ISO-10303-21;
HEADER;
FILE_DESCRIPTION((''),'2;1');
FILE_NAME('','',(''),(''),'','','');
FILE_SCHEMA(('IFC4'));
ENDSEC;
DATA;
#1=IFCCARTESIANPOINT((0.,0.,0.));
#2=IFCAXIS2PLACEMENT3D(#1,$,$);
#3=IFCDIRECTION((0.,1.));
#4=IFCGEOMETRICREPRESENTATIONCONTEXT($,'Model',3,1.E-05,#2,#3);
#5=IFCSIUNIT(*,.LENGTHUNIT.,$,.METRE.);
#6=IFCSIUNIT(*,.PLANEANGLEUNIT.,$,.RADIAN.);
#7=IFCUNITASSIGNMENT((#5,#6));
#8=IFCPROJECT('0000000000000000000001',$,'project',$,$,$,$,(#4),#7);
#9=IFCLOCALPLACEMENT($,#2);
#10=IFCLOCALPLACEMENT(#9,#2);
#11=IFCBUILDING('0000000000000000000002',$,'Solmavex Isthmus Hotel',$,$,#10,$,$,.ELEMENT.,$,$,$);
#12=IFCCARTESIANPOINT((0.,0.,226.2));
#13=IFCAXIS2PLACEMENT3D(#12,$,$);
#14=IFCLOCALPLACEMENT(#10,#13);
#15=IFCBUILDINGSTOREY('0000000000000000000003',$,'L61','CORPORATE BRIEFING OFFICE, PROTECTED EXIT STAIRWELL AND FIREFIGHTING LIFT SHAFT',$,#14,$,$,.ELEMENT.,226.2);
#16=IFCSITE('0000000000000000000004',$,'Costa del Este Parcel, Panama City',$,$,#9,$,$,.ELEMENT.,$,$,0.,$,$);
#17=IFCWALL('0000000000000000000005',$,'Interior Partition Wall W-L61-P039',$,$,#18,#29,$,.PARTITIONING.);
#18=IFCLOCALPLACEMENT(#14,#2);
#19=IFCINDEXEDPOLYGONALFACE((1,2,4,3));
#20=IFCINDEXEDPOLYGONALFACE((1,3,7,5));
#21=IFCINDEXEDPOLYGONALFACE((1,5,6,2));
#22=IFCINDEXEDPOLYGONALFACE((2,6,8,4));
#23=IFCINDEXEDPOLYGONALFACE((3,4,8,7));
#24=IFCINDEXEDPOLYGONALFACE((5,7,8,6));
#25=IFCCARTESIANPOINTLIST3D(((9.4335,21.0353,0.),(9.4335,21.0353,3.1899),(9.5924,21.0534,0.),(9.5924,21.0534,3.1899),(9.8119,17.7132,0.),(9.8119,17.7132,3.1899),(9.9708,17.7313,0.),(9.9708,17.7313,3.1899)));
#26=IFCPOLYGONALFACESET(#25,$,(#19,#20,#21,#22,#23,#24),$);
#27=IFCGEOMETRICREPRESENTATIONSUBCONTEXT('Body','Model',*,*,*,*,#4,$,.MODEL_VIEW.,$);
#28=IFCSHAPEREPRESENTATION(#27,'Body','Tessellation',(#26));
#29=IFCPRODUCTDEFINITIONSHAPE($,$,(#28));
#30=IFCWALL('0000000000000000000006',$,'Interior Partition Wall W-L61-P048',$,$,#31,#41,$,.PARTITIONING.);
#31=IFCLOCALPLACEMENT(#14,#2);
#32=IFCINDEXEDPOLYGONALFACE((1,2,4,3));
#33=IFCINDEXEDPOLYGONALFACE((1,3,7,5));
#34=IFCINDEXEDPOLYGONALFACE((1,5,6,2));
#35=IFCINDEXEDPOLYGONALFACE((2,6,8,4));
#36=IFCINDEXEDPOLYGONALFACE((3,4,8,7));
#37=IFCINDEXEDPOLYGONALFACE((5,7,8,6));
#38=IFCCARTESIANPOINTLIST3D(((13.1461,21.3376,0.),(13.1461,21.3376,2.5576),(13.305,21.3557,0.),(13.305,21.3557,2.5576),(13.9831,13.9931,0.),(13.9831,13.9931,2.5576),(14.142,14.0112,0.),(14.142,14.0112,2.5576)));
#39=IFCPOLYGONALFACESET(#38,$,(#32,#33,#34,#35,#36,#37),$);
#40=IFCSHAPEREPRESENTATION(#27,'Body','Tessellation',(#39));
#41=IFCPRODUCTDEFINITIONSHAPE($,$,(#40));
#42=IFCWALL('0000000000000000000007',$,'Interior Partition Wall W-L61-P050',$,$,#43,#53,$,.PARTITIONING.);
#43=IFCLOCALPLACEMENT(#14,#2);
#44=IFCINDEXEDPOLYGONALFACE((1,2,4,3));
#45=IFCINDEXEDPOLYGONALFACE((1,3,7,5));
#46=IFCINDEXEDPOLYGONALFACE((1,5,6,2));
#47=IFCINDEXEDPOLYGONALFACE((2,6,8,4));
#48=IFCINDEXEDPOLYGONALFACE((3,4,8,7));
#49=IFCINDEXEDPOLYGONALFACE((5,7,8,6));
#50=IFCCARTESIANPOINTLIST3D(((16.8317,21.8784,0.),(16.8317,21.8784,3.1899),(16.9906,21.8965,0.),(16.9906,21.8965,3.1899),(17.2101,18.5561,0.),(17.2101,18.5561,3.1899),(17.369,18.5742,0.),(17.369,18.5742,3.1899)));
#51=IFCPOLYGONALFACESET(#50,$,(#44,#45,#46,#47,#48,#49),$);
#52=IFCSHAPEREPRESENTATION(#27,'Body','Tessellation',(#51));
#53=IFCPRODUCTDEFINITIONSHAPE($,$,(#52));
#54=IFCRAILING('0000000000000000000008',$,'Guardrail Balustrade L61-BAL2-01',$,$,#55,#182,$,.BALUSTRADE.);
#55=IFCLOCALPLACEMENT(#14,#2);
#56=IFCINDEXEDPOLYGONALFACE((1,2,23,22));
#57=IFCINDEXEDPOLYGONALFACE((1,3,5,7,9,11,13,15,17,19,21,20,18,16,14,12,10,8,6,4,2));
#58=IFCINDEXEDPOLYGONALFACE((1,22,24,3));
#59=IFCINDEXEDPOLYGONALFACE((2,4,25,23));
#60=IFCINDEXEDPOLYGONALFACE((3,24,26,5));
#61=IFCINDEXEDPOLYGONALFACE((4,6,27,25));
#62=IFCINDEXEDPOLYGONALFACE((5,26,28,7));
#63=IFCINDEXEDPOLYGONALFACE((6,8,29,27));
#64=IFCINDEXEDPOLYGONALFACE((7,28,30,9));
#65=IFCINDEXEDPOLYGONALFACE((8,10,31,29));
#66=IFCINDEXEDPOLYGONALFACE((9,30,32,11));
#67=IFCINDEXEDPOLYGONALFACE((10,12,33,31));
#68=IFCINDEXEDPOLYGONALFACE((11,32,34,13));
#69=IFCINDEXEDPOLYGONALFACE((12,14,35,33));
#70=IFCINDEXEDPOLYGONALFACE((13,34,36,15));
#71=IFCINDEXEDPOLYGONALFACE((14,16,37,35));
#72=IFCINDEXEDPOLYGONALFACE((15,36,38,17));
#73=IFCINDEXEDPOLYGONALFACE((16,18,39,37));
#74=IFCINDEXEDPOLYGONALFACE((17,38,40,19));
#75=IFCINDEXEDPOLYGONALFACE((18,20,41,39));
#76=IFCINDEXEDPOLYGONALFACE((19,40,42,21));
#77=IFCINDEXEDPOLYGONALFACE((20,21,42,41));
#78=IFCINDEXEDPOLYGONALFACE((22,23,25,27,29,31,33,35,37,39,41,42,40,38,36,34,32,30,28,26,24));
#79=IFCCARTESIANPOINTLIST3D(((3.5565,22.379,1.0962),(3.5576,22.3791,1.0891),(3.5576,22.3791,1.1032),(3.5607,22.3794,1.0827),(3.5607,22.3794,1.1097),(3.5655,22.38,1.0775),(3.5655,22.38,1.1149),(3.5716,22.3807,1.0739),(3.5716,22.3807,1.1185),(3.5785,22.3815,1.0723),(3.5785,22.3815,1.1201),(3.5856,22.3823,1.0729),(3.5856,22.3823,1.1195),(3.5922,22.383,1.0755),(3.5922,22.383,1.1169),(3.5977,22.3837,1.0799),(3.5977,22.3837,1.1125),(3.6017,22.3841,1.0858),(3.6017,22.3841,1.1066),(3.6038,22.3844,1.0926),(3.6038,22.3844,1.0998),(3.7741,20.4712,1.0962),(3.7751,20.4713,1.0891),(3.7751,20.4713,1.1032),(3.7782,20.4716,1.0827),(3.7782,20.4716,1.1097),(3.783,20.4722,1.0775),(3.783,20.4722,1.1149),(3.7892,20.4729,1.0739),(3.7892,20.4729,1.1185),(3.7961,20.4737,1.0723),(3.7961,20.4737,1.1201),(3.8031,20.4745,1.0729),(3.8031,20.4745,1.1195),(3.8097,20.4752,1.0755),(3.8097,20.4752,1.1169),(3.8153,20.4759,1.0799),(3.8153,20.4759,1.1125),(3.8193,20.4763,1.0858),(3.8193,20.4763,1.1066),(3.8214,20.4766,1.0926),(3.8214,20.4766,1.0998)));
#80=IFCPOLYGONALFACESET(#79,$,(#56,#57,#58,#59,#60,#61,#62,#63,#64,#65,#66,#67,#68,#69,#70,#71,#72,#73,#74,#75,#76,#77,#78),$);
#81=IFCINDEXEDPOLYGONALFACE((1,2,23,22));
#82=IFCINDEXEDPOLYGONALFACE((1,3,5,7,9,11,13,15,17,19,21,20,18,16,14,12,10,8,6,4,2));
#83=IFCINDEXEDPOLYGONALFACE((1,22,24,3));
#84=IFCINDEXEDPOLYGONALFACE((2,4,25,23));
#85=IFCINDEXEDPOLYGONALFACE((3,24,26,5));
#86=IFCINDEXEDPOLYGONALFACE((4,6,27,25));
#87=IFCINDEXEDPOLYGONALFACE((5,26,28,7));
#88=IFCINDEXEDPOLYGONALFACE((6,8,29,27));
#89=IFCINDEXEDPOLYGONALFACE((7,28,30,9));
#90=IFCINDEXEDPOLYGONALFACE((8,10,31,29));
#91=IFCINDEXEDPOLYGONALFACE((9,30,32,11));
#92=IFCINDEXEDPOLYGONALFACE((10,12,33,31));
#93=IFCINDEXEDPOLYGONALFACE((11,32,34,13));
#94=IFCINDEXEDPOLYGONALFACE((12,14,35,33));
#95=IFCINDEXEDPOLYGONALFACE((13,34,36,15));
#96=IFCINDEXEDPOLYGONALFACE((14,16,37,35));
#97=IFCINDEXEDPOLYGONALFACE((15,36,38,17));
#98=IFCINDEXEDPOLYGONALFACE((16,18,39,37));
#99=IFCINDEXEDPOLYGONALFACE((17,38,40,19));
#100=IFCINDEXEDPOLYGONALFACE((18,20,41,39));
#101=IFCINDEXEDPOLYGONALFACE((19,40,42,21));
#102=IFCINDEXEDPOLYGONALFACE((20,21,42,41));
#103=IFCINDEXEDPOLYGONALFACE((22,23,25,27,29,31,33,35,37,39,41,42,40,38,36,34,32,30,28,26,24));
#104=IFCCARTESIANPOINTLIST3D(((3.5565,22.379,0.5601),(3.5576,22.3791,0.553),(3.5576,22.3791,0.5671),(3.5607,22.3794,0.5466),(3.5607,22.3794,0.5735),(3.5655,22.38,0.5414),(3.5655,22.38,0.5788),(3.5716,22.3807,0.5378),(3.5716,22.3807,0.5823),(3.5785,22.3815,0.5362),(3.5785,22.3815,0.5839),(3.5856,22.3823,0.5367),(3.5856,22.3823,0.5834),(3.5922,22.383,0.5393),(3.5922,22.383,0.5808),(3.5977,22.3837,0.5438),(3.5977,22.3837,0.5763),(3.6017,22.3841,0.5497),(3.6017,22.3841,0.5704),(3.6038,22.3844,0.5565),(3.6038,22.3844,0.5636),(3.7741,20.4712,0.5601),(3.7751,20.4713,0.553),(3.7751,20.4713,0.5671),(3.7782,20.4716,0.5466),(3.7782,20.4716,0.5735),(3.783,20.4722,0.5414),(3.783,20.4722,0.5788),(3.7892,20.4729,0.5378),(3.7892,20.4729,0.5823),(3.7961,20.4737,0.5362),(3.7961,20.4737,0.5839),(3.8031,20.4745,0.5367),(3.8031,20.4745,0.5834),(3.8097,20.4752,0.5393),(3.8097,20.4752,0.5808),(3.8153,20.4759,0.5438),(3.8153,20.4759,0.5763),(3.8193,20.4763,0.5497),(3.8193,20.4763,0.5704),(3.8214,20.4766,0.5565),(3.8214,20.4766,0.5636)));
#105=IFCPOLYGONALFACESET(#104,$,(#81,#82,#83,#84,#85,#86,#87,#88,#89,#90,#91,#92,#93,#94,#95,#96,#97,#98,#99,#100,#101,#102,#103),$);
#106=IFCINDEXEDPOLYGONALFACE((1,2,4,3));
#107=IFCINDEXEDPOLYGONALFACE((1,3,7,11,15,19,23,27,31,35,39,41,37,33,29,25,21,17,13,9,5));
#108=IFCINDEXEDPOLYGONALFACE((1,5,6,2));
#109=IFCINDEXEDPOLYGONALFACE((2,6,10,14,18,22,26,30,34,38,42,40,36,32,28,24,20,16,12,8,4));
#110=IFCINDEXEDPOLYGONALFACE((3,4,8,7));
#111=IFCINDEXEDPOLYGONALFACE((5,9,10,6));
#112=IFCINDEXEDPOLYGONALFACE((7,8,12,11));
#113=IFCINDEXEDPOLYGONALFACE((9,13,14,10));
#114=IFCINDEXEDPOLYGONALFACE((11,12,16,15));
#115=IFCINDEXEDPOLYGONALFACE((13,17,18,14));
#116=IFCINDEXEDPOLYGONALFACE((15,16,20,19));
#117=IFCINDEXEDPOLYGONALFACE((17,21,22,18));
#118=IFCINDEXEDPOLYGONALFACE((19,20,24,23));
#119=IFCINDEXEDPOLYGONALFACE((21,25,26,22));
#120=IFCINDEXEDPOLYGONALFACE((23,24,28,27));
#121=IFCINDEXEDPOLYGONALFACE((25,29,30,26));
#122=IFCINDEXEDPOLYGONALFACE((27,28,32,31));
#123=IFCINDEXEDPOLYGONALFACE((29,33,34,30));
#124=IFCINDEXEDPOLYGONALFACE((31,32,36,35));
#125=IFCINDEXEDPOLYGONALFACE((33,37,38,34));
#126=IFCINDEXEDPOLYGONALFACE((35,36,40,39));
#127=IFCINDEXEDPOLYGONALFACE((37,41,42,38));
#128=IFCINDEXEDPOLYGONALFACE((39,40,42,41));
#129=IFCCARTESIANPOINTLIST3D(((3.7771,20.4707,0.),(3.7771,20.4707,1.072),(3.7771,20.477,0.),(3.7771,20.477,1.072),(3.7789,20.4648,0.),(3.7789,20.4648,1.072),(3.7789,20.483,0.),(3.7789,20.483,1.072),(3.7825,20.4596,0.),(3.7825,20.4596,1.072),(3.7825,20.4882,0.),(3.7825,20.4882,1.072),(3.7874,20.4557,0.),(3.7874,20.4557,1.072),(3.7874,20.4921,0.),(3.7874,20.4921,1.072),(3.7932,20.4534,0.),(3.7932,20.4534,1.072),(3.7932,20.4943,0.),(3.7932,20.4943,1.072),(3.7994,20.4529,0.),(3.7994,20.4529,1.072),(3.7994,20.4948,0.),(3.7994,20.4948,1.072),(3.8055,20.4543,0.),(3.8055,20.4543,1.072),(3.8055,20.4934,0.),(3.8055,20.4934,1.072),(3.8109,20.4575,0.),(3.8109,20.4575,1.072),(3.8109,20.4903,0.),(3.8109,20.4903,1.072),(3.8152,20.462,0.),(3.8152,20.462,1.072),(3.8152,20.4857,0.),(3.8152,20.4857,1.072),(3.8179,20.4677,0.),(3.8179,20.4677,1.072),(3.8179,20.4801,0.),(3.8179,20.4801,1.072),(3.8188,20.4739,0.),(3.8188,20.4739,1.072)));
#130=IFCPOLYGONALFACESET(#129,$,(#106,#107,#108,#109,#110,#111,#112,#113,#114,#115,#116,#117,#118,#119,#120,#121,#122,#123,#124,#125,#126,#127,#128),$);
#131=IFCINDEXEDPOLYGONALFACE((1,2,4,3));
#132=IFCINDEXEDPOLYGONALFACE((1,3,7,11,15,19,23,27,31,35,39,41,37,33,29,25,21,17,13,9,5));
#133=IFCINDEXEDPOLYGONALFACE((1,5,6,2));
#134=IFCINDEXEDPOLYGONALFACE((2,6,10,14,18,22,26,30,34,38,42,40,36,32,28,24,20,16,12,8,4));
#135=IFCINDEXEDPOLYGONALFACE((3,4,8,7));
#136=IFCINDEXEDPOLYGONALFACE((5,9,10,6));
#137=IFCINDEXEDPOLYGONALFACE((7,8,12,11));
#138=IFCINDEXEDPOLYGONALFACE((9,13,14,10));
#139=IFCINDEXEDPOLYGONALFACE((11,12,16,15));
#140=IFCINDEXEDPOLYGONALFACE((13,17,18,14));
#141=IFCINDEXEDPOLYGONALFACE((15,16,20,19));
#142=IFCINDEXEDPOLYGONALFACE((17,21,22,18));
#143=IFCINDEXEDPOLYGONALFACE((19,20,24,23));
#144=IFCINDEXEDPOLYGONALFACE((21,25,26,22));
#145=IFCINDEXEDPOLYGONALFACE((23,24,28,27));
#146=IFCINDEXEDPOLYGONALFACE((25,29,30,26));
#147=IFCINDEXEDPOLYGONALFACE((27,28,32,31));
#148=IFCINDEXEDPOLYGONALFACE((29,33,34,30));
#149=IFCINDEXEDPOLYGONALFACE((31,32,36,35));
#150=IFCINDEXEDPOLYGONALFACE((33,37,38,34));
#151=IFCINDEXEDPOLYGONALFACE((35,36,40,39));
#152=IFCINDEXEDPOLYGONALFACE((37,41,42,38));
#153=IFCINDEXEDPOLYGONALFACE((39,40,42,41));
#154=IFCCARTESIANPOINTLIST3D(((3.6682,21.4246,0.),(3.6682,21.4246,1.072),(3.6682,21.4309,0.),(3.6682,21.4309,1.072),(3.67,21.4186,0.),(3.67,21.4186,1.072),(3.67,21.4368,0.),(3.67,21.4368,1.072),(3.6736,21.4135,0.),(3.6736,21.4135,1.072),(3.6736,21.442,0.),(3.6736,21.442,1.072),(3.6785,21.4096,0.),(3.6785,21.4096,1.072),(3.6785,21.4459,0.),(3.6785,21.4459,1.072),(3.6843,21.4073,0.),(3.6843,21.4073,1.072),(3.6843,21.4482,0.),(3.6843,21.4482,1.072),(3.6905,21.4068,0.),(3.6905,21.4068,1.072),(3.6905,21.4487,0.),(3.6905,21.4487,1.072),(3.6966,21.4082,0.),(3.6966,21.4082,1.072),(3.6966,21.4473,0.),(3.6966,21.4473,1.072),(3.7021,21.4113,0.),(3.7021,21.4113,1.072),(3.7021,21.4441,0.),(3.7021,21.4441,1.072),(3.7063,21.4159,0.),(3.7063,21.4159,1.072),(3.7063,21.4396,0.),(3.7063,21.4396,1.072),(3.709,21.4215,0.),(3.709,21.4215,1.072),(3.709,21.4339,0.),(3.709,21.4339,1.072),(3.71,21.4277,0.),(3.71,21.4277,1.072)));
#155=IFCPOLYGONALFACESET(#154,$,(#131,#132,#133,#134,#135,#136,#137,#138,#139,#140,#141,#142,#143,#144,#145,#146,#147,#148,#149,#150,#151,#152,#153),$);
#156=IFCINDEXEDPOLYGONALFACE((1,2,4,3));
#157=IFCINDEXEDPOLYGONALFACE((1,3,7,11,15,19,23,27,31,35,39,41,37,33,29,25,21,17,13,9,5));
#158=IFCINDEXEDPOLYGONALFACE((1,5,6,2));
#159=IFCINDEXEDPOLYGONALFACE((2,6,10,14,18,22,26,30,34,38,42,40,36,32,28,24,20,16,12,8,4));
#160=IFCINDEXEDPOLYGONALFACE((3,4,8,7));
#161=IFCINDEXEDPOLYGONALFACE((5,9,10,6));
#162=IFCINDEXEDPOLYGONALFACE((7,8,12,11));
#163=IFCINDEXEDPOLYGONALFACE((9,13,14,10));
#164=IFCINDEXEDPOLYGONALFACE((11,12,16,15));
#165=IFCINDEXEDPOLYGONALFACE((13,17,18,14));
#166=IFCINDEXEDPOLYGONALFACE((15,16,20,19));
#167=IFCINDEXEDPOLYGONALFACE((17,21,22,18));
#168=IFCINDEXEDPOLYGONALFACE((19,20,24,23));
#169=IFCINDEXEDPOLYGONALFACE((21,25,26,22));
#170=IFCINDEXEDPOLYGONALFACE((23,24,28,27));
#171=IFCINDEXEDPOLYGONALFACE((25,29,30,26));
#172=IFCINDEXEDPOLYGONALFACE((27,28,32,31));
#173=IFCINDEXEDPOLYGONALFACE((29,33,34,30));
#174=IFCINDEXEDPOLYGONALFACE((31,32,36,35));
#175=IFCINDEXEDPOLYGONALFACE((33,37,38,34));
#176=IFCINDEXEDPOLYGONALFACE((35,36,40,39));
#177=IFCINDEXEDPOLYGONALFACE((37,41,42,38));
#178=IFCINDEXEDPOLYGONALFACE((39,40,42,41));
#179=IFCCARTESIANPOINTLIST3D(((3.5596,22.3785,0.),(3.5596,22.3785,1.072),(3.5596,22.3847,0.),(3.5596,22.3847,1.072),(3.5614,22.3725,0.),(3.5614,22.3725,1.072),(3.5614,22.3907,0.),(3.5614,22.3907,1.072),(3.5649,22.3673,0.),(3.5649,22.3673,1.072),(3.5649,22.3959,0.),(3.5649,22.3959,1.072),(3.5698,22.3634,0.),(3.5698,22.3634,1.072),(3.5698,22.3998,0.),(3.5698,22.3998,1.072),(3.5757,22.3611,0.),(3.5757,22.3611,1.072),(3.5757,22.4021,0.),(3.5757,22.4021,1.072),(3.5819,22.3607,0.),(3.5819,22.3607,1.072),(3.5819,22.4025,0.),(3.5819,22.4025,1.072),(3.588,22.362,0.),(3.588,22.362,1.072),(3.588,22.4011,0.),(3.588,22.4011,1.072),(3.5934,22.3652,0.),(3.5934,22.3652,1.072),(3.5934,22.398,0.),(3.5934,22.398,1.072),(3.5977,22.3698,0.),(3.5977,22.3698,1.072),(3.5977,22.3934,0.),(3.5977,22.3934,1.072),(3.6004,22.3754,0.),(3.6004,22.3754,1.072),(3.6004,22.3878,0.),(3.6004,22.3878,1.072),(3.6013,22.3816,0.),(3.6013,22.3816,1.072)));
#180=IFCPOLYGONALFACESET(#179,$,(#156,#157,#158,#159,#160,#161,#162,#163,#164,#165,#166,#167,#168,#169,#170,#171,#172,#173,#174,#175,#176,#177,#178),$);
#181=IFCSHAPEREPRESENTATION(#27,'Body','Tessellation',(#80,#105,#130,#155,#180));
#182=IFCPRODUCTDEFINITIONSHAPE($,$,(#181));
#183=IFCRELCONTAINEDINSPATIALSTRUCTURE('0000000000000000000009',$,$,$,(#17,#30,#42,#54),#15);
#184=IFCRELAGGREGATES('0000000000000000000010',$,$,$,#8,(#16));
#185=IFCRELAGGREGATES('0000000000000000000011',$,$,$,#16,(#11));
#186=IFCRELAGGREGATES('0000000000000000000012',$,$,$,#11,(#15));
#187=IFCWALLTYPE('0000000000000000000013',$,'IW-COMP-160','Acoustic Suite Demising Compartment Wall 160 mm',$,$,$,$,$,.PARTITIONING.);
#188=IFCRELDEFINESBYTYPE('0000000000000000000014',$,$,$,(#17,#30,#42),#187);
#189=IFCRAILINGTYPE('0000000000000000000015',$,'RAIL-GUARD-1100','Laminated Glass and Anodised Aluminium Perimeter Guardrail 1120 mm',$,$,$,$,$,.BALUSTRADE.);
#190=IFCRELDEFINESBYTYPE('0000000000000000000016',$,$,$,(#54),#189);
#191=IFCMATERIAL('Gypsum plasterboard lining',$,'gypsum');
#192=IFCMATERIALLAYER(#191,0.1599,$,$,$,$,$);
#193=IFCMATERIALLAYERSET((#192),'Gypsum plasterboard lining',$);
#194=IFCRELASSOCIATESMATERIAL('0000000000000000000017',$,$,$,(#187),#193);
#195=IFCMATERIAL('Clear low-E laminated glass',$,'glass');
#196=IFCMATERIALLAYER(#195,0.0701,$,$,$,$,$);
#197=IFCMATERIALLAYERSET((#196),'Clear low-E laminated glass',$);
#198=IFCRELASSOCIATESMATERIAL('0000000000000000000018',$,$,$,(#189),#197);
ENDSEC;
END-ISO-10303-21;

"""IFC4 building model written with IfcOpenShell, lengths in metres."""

from ifc_helpers import new_model, si_unit, direction, frame, frame_2d, origin, origin_2d, place, context, subcontext, project, spatial, rectangle, circle, extrude, material, layer, layer_set, type_object, element, save


model = new_model("IFC4")

# Units and contexts
model_context = context("Model", 3, precision=1e-05, world=origin(), true_north=direction((0.0, 1.0)))
body_context = subcontext(model_context, "Body", "Model", "MODEL_VIEW")
ifc_project = project(units=[si_unit("LENGTHUNIT", "METRE"), si_unit("PLANEANGLEUNIT", "RADIAN")], contexts=[model_context])

# Site, building, storey
site_placement = place(None, origin())
site = spatial("IfcSite", under=ifc_project, at=site_placement, Name="Costa del Este Parcel, Panama City", CompositionType="ELEMENT", RefElevation=0.0)
building_placement = place(site_placement, origin())
building = spatial("IfcBuilding", under=site, at=building_placement, Name="Solmavex Isthmus Hotel", CompositionType="ELEMENT")
storey_placement = place(building_placement, frame((0.0, 0.0, 226.2)))
storey = spatial("IfcBuildingStorey", under=building, at=storey_placement, Name="L61", Description="CORPORATE BRIEFING OFFICE, PROTECTED EXIT STAIRWELL AND FIREFIGHTING LIFT SHAFT", CompositionType="ELEMENT", Elevation=226.2)

# Shared definitions
ifc_material_1 = material(Name="Clear low-E laminated glass", Category="glass")

# Walls
ifc_material_2 = material(Name="Gypsum plasterboard lining", Category="gypsum")
ifc_layer_1 = layer(ifc_material_2, 0.1599)
ifc_layer_set_1 = layer_set([ifc_layer_1], Name="Gypsum plasterboard lining")
wall_type_1 = type_object("IfcWallType", Name="IW-COMP-160", Description="Acoustic Suite Demising Compartment Wall 160 mm", PredefinedType="PARTITIONING", material=ifc_layer_set_1)
wall_1_placement = place(storey_placement, frame((9.5129, 21.0444, 0.0), z_axis=(0.0, 0.0, 1.0), x_axis=(0.11318, -0.993574, 0.0)))
element("IfcWall", 1, at=wall_1_placement, inside=storey, type_object=wall_type_1, Name="Interior Partition Wall W-L61-P039", PredefinedType="PARTITIONING", context=body_context, shape_type="SweptSolid", body=[
    extrude(rectangle(XDim=3.3435, YDim=0.1599, at=frame_2d((1.6719, 0.0))), origin(), (0.0, 0.0, 1.0), 3.1899),
])
wall_2_placement = place(storey_placement, frame((13.2256, 21.3467, 0.0), z_axis=(0.0, 0.0, 1.0), x_axis=(0.113219, -0.99357, 0.0)))
element("IfcWall", 2, at=wall_2_placement, inside=storey, type_object=wall_type_1, Name="Interior Partition Wall W-L61-P048", PredefinedType="PARTITIONING", context=body_context, shape_type="SweptSolid", body=[
    extrude(rectangle(XDim=7.3921, YDim=0.1599, at=frame_2d((3.696, 0.0))), origin(), (0.0, 0.0, 1.0), 2.5576),
])
wall_3_placement = place(storey_placement, frame((16.9111, 21.8875, 0.0), z_axis=(0.0, 0.0, 1.0), x_axis=(0.113172, -0.993575, 0.0)))
element("IfcWall", 3, at=wall_3_placement, inside=storey, type_object=wall_type_1, Name="Interior Partition Wall W-L61-P050", PredefinedType="PARTITIONING", context=body_context, shape_type="SweptSolid", body=[
    extrude(rectangle(XDim=3.3438, YDim=0.1599, at=frame_2d((1.6719, 0.0))), origin(), (0.0, 0.0, 1.0), 3.1899),
])

# Railing
ifc_layer_2 = layer(ifc_material_1, 0.0701)
ifc_layer_set_2 = layer_set([ifc_layer_2], Name="Clear low-E laminated glass")
railing_type = type_object("IfcRailingType", Name="RAIL-GUARD-1100", Description="Laminated Glass and Anodised Aluminium Perimeter Guardrail 1120 mm", PredefinedType="BALUSTRADE", material=ifc_layer_set_2)
railing_1_placement = place(storey_placement, frame((3.7979, 20.4739, 0.0)))
element("IfcRailing", 4, at=railing_1_placement, inside=storey, type_object=railing_type, Name="Guardrail Balustrade L61-BAL2-01", PredefinedType="BALUSTRADE", context=body_context, shape_type="SweptSolid", body=[
    extrude(circle(Radius=0.0239, at=origin_2d()), frame((0.0, 0.0, 1.0962), z_axis=(-0.113292, 0.993562, 0.0), x_axis=(-0.993562, -0.113292, 0.0)), (0.0, 0.0, 1.0), 1.9202),
    extrude(circle(Radius=0.0239, at=origin_2d()), frame((0.0, 0.0, 0.5601), z_axis=(-0.113292, 0.993562, 0.0), x_axis=(-0.993562, -0.113292, 0.0)), (0.0, 0.0, 1.0), 1.9202),
    extrude(circle(Radius=0.021, at=origin_2d()), origin(), (0.0, 0.0, 1.0), 1.072),
    extrude(circle(Radius=0.021, at=origin_2d()), frame((-0.1089, 0.9539, 0.0)), (0.0, 0.0, 1.0), 1.072),
    extrude(circle(Radius=0.021, at=origin_2d()), frame((-0.2175, 1.9077, 0.0)), (0.0, 0.0, 1.0), 1.072),
])

save(model, "model.ifc")
